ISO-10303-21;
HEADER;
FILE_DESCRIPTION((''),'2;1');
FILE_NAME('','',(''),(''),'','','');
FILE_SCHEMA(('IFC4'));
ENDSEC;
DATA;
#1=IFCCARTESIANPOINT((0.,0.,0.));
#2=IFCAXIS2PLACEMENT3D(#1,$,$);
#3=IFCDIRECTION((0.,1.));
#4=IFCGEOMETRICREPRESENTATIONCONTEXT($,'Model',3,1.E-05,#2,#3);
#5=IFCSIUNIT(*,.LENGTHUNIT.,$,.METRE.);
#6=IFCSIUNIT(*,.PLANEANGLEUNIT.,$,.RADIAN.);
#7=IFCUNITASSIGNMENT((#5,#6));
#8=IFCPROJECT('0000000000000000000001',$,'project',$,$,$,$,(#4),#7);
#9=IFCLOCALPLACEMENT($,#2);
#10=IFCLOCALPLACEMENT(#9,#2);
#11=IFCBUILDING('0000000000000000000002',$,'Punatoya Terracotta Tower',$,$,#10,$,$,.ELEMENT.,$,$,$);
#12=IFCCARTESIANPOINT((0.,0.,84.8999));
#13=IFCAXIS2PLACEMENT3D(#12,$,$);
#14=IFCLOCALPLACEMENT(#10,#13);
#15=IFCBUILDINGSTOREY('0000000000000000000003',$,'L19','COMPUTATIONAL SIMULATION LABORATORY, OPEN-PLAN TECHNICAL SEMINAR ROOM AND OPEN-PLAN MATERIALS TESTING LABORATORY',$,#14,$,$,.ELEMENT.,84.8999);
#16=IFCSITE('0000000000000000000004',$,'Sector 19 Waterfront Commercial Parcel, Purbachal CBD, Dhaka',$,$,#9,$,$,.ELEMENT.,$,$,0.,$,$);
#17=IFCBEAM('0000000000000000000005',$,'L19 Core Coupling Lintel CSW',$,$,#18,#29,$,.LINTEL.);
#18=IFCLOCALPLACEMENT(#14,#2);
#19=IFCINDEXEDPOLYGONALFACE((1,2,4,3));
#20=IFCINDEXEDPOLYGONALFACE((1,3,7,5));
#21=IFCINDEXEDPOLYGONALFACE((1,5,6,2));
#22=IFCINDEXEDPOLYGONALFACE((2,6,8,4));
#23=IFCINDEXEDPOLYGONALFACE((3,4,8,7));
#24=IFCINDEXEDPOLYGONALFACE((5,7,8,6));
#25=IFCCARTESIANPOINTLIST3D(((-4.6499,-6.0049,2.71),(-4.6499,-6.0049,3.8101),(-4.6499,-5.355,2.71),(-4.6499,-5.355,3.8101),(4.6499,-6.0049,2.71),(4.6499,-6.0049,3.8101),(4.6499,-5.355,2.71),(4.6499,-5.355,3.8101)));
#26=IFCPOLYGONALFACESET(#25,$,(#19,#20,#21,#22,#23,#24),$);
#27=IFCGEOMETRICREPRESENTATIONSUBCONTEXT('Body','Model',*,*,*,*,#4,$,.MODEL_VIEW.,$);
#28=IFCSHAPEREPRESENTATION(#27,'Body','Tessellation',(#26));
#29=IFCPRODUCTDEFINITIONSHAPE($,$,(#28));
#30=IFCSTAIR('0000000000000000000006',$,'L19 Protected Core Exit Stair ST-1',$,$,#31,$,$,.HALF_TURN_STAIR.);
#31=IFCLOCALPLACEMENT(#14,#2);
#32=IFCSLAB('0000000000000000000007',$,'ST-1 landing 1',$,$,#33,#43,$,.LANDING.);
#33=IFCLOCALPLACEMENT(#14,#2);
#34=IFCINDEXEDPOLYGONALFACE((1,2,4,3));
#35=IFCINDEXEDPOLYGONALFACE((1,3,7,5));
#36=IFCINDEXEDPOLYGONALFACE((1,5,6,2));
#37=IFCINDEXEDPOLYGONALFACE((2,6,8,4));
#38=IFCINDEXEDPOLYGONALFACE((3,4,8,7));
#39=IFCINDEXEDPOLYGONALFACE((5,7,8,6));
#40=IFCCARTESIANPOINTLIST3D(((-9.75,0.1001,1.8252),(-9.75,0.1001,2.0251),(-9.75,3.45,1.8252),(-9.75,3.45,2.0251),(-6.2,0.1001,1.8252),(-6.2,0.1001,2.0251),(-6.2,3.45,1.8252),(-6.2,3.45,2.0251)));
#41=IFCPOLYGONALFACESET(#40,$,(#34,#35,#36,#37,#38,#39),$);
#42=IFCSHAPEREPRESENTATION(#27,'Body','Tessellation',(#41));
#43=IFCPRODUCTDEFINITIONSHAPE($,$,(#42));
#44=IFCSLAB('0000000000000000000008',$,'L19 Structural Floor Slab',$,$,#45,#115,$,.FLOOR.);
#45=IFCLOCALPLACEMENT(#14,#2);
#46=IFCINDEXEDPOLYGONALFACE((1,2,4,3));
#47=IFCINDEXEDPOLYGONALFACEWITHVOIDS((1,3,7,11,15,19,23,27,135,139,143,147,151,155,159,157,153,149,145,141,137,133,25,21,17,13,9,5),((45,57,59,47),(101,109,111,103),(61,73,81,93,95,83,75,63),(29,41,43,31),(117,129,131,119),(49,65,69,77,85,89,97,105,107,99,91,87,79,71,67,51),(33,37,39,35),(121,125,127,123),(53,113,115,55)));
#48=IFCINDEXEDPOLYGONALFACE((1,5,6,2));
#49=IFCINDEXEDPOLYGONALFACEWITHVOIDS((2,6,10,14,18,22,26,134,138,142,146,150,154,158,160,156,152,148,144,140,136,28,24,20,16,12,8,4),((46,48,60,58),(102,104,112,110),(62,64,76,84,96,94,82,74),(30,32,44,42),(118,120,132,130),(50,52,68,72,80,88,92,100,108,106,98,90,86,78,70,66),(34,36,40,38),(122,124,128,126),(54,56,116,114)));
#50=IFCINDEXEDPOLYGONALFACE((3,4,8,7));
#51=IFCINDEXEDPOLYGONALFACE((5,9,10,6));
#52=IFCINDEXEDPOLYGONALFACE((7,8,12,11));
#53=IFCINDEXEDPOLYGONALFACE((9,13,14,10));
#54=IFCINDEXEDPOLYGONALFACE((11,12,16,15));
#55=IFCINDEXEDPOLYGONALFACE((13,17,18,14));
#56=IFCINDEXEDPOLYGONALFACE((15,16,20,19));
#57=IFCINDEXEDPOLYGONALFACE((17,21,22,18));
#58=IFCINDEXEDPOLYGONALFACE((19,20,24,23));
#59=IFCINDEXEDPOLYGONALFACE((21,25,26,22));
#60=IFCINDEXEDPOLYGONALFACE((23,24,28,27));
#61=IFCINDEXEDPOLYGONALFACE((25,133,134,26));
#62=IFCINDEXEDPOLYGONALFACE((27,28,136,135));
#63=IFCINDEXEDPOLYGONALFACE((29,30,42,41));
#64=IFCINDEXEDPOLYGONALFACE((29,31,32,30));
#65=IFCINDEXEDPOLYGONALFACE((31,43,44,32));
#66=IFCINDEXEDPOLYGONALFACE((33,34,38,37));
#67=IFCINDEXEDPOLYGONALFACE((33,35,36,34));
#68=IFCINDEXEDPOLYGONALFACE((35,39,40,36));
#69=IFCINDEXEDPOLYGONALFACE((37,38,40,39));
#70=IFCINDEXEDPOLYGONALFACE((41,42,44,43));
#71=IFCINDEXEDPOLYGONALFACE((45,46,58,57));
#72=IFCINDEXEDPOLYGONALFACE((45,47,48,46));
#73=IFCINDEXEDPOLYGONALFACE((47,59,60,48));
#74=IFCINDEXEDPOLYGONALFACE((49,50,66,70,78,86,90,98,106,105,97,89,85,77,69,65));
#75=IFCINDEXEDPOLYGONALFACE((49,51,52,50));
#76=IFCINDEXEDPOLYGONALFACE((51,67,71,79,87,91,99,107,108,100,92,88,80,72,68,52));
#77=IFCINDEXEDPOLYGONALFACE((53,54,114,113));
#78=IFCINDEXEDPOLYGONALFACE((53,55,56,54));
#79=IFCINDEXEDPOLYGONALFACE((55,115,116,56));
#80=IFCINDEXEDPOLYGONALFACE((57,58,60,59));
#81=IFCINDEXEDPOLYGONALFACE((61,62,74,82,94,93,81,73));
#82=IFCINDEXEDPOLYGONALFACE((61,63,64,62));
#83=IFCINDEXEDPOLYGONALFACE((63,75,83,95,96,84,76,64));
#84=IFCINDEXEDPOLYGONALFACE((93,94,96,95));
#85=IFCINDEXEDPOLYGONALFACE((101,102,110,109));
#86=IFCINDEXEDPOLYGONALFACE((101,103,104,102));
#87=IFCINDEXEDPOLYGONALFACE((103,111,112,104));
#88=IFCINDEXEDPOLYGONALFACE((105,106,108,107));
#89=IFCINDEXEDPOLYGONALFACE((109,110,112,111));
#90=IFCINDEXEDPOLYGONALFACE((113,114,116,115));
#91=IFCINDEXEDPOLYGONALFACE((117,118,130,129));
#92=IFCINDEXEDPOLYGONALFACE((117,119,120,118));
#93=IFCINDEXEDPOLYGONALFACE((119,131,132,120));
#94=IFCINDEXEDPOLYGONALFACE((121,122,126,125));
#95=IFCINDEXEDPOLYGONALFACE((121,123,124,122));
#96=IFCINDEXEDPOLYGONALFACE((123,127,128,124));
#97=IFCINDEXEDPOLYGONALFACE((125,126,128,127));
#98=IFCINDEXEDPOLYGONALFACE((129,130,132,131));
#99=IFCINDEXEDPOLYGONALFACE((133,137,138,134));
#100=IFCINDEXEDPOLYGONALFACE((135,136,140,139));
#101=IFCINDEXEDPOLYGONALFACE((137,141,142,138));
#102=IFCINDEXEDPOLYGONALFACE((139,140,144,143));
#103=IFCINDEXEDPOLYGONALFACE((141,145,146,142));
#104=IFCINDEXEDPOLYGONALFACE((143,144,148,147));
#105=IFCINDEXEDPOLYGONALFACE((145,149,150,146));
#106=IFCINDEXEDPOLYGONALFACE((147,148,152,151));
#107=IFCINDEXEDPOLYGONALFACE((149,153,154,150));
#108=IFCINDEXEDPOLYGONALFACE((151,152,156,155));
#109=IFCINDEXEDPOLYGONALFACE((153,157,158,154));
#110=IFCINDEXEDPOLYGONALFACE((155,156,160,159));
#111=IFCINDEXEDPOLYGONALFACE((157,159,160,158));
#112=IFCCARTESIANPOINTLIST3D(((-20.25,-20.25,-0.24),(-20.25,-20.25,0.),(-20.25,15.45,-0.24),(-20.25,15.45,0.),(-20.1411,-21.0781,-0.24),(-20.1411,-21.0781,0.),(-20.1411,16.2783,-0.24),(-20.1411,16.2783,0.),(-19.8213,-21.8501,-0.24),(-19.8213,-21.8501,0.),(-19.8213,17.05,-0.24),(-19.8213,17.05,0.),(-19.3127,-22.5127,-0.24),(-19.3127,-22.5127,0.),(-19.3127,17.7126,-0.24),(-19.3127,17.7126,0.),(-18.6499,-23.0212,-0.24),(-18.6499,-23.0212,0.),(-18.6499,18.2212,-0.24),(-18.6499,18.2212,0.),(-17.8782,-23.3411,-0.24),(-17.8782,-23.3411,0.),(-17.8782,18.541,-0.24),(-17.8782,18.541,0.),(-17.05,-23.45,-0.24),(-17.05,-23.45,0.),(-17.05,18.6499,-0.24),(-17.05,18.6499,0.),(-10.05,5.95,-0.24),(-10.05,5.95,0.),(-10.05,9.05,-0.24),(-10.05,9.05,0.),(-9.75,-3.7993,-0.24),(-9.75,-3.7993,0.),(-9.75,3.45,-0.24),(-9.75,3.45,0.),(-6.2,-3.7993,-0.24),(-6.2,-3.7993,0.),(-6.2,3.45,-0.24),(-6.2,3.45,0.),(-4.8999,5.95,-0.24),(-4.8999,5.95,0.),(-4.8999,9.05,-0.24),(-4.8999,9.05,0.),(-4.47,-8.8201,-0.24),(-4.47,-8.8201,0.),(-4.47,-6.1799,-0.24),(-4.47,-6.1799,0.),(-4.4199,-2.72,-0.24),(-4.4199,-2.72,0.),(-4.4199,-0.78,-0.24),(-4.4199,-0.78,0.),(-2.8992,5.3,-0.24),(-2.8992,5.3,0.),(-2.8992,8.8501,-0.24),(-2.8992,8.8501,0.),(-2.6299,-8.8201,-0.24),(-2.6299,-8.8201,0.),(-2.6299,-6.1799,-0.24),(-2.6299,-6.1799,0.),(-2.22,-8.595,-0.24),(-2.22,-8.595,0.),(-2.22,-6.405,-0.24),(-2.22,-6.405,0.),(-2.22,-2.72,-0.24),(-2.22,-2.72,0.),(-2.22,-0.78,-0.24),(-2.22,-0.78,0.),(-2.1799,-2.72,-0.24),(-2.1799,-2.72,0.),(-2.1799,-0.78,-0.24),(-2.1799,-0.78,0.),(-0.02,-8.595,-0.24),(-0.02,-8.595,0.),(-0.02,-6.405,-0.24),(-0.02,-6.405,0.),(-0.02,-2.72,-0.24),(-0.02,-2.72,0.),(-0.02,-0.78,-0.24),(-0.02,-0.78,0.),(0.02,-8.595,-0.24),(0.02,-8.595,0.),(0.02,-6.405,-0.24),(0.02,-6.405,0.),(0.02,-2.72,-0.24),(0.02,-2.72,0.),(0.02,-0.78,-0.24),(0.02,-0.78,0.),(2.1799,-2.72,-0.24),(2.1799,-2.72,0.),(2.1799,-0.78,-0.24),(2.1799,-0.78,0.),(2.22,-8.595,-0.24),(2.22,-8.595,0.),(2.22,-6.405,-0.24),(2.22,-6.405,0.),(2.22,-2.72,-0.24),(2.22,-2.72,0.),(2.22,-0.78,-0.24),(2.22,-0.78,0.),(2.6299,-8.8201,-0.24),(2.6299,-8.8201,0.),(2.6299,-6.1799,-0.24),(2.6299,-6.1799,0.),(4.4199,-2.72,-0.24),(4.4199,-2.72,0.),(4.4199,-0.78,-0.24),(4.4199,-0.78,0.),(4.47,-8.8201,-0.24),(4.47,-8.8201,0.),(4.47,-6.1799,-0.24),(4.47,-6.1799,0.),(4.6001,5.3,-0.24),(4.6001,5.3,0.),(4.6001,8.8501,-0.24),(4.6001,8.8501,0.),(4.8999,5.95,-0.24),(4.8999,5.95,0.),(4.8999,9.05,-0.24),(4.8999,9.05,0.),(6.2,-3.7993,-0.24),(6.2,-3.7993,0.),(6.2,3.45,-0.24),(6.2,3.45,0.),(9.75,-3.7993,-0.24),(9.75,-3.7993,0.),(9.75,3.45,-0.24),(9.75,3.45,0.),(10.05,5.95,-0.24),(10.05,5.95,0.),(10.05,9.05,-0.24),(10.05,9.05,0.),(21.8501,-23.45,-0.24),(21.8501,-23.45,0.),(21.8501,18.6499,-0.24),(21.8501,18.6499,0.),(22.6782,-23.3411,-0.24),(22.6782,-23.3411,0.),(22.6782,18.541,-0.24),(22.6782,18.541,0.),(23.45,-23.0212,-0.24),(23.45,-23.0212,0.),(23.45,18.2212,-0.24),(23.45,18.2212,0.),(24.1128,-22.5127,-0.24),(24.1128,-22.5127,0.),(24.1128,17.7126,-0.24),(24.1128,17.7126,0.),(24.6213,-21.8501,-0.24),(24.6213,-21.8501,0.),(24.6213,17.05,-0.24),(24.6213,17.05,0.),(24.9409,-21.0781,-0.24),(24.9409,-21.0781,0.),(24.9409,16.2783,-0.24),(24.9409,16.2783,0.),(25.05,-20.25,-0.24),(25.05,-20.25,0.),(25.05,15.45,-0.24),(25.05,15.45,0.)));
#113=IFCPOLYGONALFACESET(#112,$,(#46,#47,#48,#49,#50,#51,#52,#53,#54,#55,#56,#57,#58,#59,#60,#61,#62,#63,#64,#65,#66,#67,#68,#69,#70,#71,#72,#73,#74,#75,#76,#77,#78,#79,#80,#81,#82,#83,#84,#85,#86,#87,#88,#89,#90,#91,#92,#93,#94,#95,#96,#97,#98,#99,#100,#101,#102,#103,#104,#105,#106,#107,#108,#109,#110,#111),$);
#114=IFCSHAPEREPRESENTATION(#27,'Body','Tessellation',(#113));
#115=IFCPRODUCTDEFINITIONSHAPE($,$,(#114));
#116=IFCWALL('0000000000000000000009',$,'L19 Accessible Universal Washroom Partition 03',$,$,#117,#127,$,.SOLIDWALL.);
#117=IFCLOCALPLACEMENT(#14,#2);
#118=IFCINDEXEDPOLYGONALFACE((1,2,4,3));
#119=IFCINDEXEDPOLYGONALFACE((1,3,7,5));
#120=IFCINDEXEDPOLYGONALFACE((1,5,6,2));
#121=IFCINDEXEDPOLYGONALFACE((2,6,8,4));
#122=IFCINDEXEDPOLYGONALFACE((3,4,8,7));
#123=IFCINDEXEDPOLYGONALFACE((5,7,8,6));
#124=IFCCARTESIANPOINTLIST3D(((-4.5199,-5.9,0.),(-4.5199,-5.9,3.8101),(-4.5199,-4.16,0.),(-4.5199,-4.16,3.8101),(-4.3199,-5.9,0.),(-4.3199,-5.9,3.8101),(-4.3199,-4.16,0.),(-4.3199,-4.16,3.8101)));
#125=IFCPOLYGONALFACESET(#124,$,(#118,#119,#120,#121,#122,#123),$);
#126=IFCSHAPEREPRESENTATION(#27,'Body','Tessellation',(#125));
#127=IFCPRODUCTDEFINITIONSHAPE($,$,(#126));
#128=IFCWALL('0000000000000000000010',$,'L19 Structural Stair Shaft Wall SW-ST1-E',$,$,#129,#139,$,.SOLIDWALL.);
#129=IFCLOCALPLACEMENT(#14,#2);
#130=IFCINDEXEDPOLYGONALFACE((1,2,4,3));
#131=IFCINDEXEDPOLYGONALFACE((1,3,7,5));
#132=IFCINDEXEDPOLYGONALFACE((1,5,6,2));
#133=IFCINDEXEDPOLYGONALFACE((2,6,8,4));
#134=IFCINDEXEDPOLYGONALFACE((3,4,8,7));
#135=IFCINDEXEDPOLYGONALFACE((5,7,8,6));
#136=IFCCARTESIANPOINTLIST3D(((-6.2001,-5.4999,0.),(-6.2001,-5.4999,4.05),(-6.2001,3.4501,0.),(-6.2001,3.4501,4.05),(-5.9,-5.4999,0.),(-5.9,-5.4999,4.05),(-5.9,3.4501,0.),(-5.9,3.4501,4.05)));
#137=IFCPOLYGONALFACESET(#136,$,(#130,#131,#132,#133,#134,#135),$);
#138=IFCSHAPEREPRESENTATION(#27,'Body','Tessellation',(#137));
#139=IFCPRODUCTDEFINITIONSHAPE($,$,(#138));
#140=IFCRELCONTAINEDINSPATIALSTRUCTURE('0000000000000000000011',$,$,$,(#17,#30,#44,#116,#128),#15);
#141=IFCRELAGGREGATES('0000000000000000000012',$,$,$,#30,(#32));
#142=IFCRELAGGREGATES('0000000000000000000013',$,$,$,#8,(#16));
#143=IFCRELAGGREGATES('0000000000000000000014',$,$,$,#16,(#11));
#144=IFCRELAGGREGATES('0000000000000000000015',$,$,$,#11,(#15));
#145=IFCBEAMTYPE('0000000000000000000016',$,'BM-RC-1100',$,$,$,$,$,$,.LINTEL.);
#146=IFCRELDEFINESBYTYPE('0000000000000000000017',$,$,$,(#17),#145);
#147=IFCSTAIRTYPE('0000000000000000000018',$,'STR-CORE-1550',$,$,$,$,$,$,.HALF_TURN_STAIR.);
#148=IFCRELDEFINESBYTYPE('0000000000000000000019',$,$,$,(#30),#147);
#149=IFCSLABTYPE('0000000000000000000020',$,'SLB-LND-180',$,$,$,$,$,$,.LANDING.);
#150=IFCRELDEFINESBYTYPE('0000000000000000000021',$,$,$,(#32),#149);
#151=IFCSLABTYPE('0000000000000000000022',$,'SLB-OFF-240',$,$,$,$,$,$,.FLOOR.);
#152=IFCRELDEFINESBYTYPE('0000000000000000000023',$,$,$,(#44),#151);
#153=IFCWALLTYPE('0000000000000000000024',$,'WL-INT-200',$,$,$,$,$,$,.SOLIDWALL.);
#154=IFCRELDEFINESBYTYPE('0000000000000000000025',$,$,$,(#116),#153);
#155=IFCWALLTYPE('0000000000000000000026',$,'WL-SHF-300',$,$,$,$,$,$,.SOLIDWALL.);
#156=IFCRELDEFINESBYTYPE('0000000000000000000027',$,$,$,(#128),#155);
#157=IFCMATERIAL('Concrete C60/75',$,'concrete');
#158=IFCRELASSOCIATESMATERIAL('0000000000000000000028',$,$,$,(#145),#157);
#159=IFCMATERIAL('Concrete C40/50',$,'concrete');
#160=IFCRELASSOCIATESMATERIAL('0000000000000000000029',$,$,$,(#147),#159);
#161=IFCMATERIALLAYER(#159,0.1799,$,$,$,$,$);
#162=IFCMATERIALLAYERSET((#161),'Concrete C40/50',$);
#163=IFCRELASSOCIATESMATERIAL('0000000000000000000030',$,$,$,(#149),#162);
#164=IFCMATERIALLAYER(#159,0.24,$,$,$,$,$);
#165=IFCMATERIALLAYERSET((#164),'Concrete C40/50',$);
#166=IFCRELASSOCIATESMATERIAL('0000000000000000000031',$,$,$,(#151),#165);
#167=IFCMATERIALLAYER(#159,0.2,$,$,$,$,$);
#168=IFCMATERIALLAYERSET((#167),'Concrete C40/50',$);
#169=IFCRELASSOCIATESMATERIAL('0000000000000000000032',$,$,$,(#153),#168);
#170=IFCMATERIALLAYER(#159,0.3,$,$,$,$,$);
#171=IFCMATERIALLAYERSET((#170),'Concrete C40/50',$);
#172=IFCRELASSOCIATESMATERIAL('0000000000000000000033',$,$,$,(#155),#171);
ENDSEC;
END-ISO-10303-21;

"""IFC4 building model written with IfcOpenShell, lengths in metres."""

from ifc_helpers import new_model, si_unit, direction, frame, frame_2d, origin, origin_2d, place, context, subcontext, project, spatial, polyline, rectangle, outline, extrude, material, layer, layer_set, material_profile, profile_set, type_object, element, aggregate, save


model = new_model("IFC4")

# Units and contexts
model_context = context("Model", 3, precision=1e-05, world=origin(), true_north=direction((0.0, 1.0)))
body_context = subcontext(model_context, "Body", "Model", "MODEL_VIEW")
ifc_project = project(units=[si_unit("LENGTHUNIT", "METRE"), si_unit("PLANEANGLEUNIT", "RADIAN")], contexts=[model_context])

# Site, building, storey
site_placement = place(None, origin())
site = spatial("IfcSite", under=ifc_project, at=site_placement, Name="Sector 19 Waterfront Commercial Parcel, Purbachal CBD, Dhaka", CompositionType="ELEMENT", RefElevation=0.0)
building_placement = place(site_placement, origin())
building = spatial("IfcBuilding", under=site, at=building_placement, Name="Punatoya Terracotta Tower", CompositionType="ELEMENT")
storey_placement = place(building_placement, frame((0.0, 0.0, 84.8999)))
storey = spatial("IfcBuildingStorey", under=building, at=storey_placement, Name="L19", Description="COMPUTATIONAL SIMULATION LABORATORY, OPEN-PLAN TECHNICAL SEMINAR ROOM AND OPEN-PLAN MATERIALS TESTING LABORATORY", CompositionType="ELEMENT", Elevation=84.8999)

# Beam
ifc_material_1 = material(Name="Concrete C60/75", Category="concrete")
ifc_material_profile = material_profile(ifc_material_1, rectangle(XDim=0.6499, YDim=1.1001, at=origin_2d()))
ifc_profile_set = profile_set([ifc_material_profile], Name="Concrete C60/75")
beam_type = type_object("IfcBeamType", Name="BM-RC-1100", PredefinedType="LINTEL", material=ifc_profile_set)
beam_placement = place(storey_placement, frame((-4.6499, -5.6799, 3.26), z_axis=(1.0, 0.0, 0.0), x_axis=(0.0, 1.0, 0.0)))
element("IfcBeam", 1, at=beam_placement, inside=storey, type_object=beam_type, Name="L19 Core Coupling Lintel CSW", PredefinedType="LINTEL", context=body_context, shape_type="SweptSolid", body=[
    extrude(rectangle(XDim=0.6499, YDim=1.1001, at=origin_2d()), origin(), (0.0, 0.0, 1.0), 9.2998),
])

# Stair, slab
ifc_material_2 = material(Name="Concrete C40/50", Category="concrete")
stair_type = type_object("IfcStairType", Name="STR-CORE-1550", PredefinedType="HALF_TURN_STAIR", material=ifc_material_2)
stair_placement = place(storey_placement, origin())
stair = element("IfcStair", 2, at=stair_placement, inside=storey, type_object=stair_type, Name="L19 Protected Core Exit Stair ST-1", PredefinedType="HALF_TURN_STAIR")
ifc_layer_1 = layer(ifc_material_2, 0.1799)
ifc_layer_set_1 = layer_set([ifc_layer_1], Name="Concrete C40/50")
slab_type_1 = type_object("IfcSlabType", Name="SLB-LND-180", PredefinedType="LANDING", material=ifc_layer_set_1)
slab_1_placement = place(storey_placement, frame((0.0, 0.0, 1.8252)))
slab_1 = element("IfcSlab", 3, at=slab_1_placement, type_object=slab_type_1, Name="ST-1 landing 1", PredefinedType="LANDING", context=body_context, shape_type="SweptSolid", body=[
    extrude(outline(polyline([(-6.2, 0.1001), (-6.2, 3.45), (-9.75, 3.45), (-9.75, 0.1001), (-6.2, 0.1001)])), origin(), (0.0, 0.0, 1.0), 0.2),
])

# Slab
ifc_layer_2 = layer(ifc_material_2, 0.24)
ifc_layer_set_2 = layer_set([ifc_layer_2], Name="Concrete C40/50")
slab_type_2 = type_object("IfcSlabType", Name="SLB-OFF-240", PredefinedType="FLOOR", material=ifc_layer_set_2)
slab_2_placement = place(storey_placement, frame((0.0, 0.0, -0.24)))
element("IfcSlab", 4, at=slab_2_placement, inside=storey, type_object=slab_type_2, Name="L19 Structural Floor Slab", PredefinedType="FLOOR", context=body_context, shape_type="SweptSolid", body=[
    extrude(outline(polyline([(-17.05, -23.45), (-17.8782, -23.3411), (-18.6499, -23.0212), (-19.3127, -22.5127), (-19.8213, -21.8501), (-20.1411, -21.0781), (-20.25, -20.25), (-20.25, 15.45), (-20.1411, 16.2783), (-19.8213, 17.05), (-19.3127, 17.7126), (-18.6499, 18.2212), (-17.8782, 18.541), (-17.05, 18.6499), (21.8501, 18.6499), (22.6782, 18.541), (23.45, 18.2212), (24.1128, 17.7126), (24.6213, 17.05), (24.9409, 16.2783), (25.05, 15.45), (25.05, -20.25), (24.9409, -21.0781), (24.6213, -21.8501), (24.1128, -22.5127), (23.45, -23.0212), (22.6782, -23.3411), (21.8501, -23.45), (-17.05, -23.45)]), holes=[polyline([(-2.6299, -6.1799), (-4.47, -6.1799), (-4.47, -8.8201), (-2.6299, -8.8201), (-2.6299, -6.1799)]), polyline([(0.02, -8.595), (2.22, -8.595), (2.22, -6.405), (0.02, -6.405), (-0.02, -6.405), (-2.22, -6.405), (-2.22, -8.595), (-0.02, -8.595), (0.02, -8.595)]), polyline([(-2.22, -2.72), (-2.1799, -2.72), (-0.02, -2.72), (0.02, -2.72), (2.1799, -2.72), (2.22, -2.72), (4.4199, -2.72), (4.4199, -0.78), (2.22, -0.78), (2.1799, -0.78), (0.02, -0.78), (-0.02, -0.78), (-2.1799, -0.78), (-2.22, -0.78), (-4.4199, -0.78), (-4.4199, -2.72), (-2.22, -2.72)]), polyline([(-6.2, 3.45), (-9.75, 3.45), (-9.75, -3.7993), (-6.2, -3.7993), (-6.2, 3.45)]), polyline([(4.6001, 5.3), (4.6001, 8.8501), (-2.8992, 8.8501), (-2.8992, 5.3), (4.6001, 5.3)]), polyline([(-4.8999, 9.05), (-10.05, 9.05), (-10.05, 5.95), (-4.8999, 5.95), (-4.8999, 9.05)]), polyline([(4.47, -8.8201), (4.47, -6.1799), (2.6299, -6.1799), (2.6299, -8.8201), (4.47, -8.8201)]), polyline([(9.75, 3.45), (6.2, 3.45), (6.2, -3.7993), (9.75, -3.7993), (9.75, 3.45)]), polyline([(10.05, 5.95), (10.05, 9.05), (4.8999, 9.05), (4.8999, 5.95), (10.05, 5.95)])]), origin(), (0.0, 0.0, 1.0), 0.24),
])

# Shared definitions
ifc_layer_3 = layer(ifc_material_2, 0.2)
ifc_layer_set_3 = layer_set([ifc_layer_3], Name="Concrete C40/50")
wall_type_1 = type_object("IfcWallType", Name="WL-INT-200", PredefinedType="SOLIDWALL", material=ifc_layer_set_3)

# Walls
wall_1_placement = place(storey_placement, frame((-4.4199, -4.1599, 0.0), z_axis=(0.0, 0.0, 1.0), x_axis=(0.0, -1.0, 0.0)))
element("IfcWall", 5, at=wall_1_placement, inside=storey, type_object=wall_type_1, Name="L19 Accessible Universal Washroom Partition 03", PredefinedType="SOLIDWALL", context=body_context, shape_type="SweptSolid", body=[
    extrude(rectangle(XDim=1.74, YDim=0.2, at=frame_2d((0.8701, 0.0))), origin(), (0.0, 0.0, 1.0), 3.8101),
])
ifc_layer_4 = layer(ifc_material_2, 0.3)
ifc_layer_set_4 = layer_set([ifc_layer_4], Name="Concrete C40/50")
wall_type_2 = type_object("IfcWallType", Name="WL-SHF-300", PredefinedType="SOLIDWALL", material=ifc_layer_set_4)
wall_2_placement = place(storey_placement, frame((-6.05, -5.5, 0.0), z_axis=(0.0, 0.0, 1.0), x_axis=(0.0, 1.0, 0.0)))
element("IfcWall", 6, at=wall_2_placement, inside=storey, type_object=wall_type_2, Name="L19 Structural Stair Shaft Wall SW-ST1-E", PredefinedType="SOLIDWALL", context=body_context, shape_type="SweptSolid", body=[
    extrude(rectangle(XDim=8.95, YDim=0.3, at=frame_2d((4.4751, 0.0))), origin(), (0.0, 0.0, 1.0), 4.05),
])

aggregate(stair, [slab_1])

save(model, "model.ifc")
